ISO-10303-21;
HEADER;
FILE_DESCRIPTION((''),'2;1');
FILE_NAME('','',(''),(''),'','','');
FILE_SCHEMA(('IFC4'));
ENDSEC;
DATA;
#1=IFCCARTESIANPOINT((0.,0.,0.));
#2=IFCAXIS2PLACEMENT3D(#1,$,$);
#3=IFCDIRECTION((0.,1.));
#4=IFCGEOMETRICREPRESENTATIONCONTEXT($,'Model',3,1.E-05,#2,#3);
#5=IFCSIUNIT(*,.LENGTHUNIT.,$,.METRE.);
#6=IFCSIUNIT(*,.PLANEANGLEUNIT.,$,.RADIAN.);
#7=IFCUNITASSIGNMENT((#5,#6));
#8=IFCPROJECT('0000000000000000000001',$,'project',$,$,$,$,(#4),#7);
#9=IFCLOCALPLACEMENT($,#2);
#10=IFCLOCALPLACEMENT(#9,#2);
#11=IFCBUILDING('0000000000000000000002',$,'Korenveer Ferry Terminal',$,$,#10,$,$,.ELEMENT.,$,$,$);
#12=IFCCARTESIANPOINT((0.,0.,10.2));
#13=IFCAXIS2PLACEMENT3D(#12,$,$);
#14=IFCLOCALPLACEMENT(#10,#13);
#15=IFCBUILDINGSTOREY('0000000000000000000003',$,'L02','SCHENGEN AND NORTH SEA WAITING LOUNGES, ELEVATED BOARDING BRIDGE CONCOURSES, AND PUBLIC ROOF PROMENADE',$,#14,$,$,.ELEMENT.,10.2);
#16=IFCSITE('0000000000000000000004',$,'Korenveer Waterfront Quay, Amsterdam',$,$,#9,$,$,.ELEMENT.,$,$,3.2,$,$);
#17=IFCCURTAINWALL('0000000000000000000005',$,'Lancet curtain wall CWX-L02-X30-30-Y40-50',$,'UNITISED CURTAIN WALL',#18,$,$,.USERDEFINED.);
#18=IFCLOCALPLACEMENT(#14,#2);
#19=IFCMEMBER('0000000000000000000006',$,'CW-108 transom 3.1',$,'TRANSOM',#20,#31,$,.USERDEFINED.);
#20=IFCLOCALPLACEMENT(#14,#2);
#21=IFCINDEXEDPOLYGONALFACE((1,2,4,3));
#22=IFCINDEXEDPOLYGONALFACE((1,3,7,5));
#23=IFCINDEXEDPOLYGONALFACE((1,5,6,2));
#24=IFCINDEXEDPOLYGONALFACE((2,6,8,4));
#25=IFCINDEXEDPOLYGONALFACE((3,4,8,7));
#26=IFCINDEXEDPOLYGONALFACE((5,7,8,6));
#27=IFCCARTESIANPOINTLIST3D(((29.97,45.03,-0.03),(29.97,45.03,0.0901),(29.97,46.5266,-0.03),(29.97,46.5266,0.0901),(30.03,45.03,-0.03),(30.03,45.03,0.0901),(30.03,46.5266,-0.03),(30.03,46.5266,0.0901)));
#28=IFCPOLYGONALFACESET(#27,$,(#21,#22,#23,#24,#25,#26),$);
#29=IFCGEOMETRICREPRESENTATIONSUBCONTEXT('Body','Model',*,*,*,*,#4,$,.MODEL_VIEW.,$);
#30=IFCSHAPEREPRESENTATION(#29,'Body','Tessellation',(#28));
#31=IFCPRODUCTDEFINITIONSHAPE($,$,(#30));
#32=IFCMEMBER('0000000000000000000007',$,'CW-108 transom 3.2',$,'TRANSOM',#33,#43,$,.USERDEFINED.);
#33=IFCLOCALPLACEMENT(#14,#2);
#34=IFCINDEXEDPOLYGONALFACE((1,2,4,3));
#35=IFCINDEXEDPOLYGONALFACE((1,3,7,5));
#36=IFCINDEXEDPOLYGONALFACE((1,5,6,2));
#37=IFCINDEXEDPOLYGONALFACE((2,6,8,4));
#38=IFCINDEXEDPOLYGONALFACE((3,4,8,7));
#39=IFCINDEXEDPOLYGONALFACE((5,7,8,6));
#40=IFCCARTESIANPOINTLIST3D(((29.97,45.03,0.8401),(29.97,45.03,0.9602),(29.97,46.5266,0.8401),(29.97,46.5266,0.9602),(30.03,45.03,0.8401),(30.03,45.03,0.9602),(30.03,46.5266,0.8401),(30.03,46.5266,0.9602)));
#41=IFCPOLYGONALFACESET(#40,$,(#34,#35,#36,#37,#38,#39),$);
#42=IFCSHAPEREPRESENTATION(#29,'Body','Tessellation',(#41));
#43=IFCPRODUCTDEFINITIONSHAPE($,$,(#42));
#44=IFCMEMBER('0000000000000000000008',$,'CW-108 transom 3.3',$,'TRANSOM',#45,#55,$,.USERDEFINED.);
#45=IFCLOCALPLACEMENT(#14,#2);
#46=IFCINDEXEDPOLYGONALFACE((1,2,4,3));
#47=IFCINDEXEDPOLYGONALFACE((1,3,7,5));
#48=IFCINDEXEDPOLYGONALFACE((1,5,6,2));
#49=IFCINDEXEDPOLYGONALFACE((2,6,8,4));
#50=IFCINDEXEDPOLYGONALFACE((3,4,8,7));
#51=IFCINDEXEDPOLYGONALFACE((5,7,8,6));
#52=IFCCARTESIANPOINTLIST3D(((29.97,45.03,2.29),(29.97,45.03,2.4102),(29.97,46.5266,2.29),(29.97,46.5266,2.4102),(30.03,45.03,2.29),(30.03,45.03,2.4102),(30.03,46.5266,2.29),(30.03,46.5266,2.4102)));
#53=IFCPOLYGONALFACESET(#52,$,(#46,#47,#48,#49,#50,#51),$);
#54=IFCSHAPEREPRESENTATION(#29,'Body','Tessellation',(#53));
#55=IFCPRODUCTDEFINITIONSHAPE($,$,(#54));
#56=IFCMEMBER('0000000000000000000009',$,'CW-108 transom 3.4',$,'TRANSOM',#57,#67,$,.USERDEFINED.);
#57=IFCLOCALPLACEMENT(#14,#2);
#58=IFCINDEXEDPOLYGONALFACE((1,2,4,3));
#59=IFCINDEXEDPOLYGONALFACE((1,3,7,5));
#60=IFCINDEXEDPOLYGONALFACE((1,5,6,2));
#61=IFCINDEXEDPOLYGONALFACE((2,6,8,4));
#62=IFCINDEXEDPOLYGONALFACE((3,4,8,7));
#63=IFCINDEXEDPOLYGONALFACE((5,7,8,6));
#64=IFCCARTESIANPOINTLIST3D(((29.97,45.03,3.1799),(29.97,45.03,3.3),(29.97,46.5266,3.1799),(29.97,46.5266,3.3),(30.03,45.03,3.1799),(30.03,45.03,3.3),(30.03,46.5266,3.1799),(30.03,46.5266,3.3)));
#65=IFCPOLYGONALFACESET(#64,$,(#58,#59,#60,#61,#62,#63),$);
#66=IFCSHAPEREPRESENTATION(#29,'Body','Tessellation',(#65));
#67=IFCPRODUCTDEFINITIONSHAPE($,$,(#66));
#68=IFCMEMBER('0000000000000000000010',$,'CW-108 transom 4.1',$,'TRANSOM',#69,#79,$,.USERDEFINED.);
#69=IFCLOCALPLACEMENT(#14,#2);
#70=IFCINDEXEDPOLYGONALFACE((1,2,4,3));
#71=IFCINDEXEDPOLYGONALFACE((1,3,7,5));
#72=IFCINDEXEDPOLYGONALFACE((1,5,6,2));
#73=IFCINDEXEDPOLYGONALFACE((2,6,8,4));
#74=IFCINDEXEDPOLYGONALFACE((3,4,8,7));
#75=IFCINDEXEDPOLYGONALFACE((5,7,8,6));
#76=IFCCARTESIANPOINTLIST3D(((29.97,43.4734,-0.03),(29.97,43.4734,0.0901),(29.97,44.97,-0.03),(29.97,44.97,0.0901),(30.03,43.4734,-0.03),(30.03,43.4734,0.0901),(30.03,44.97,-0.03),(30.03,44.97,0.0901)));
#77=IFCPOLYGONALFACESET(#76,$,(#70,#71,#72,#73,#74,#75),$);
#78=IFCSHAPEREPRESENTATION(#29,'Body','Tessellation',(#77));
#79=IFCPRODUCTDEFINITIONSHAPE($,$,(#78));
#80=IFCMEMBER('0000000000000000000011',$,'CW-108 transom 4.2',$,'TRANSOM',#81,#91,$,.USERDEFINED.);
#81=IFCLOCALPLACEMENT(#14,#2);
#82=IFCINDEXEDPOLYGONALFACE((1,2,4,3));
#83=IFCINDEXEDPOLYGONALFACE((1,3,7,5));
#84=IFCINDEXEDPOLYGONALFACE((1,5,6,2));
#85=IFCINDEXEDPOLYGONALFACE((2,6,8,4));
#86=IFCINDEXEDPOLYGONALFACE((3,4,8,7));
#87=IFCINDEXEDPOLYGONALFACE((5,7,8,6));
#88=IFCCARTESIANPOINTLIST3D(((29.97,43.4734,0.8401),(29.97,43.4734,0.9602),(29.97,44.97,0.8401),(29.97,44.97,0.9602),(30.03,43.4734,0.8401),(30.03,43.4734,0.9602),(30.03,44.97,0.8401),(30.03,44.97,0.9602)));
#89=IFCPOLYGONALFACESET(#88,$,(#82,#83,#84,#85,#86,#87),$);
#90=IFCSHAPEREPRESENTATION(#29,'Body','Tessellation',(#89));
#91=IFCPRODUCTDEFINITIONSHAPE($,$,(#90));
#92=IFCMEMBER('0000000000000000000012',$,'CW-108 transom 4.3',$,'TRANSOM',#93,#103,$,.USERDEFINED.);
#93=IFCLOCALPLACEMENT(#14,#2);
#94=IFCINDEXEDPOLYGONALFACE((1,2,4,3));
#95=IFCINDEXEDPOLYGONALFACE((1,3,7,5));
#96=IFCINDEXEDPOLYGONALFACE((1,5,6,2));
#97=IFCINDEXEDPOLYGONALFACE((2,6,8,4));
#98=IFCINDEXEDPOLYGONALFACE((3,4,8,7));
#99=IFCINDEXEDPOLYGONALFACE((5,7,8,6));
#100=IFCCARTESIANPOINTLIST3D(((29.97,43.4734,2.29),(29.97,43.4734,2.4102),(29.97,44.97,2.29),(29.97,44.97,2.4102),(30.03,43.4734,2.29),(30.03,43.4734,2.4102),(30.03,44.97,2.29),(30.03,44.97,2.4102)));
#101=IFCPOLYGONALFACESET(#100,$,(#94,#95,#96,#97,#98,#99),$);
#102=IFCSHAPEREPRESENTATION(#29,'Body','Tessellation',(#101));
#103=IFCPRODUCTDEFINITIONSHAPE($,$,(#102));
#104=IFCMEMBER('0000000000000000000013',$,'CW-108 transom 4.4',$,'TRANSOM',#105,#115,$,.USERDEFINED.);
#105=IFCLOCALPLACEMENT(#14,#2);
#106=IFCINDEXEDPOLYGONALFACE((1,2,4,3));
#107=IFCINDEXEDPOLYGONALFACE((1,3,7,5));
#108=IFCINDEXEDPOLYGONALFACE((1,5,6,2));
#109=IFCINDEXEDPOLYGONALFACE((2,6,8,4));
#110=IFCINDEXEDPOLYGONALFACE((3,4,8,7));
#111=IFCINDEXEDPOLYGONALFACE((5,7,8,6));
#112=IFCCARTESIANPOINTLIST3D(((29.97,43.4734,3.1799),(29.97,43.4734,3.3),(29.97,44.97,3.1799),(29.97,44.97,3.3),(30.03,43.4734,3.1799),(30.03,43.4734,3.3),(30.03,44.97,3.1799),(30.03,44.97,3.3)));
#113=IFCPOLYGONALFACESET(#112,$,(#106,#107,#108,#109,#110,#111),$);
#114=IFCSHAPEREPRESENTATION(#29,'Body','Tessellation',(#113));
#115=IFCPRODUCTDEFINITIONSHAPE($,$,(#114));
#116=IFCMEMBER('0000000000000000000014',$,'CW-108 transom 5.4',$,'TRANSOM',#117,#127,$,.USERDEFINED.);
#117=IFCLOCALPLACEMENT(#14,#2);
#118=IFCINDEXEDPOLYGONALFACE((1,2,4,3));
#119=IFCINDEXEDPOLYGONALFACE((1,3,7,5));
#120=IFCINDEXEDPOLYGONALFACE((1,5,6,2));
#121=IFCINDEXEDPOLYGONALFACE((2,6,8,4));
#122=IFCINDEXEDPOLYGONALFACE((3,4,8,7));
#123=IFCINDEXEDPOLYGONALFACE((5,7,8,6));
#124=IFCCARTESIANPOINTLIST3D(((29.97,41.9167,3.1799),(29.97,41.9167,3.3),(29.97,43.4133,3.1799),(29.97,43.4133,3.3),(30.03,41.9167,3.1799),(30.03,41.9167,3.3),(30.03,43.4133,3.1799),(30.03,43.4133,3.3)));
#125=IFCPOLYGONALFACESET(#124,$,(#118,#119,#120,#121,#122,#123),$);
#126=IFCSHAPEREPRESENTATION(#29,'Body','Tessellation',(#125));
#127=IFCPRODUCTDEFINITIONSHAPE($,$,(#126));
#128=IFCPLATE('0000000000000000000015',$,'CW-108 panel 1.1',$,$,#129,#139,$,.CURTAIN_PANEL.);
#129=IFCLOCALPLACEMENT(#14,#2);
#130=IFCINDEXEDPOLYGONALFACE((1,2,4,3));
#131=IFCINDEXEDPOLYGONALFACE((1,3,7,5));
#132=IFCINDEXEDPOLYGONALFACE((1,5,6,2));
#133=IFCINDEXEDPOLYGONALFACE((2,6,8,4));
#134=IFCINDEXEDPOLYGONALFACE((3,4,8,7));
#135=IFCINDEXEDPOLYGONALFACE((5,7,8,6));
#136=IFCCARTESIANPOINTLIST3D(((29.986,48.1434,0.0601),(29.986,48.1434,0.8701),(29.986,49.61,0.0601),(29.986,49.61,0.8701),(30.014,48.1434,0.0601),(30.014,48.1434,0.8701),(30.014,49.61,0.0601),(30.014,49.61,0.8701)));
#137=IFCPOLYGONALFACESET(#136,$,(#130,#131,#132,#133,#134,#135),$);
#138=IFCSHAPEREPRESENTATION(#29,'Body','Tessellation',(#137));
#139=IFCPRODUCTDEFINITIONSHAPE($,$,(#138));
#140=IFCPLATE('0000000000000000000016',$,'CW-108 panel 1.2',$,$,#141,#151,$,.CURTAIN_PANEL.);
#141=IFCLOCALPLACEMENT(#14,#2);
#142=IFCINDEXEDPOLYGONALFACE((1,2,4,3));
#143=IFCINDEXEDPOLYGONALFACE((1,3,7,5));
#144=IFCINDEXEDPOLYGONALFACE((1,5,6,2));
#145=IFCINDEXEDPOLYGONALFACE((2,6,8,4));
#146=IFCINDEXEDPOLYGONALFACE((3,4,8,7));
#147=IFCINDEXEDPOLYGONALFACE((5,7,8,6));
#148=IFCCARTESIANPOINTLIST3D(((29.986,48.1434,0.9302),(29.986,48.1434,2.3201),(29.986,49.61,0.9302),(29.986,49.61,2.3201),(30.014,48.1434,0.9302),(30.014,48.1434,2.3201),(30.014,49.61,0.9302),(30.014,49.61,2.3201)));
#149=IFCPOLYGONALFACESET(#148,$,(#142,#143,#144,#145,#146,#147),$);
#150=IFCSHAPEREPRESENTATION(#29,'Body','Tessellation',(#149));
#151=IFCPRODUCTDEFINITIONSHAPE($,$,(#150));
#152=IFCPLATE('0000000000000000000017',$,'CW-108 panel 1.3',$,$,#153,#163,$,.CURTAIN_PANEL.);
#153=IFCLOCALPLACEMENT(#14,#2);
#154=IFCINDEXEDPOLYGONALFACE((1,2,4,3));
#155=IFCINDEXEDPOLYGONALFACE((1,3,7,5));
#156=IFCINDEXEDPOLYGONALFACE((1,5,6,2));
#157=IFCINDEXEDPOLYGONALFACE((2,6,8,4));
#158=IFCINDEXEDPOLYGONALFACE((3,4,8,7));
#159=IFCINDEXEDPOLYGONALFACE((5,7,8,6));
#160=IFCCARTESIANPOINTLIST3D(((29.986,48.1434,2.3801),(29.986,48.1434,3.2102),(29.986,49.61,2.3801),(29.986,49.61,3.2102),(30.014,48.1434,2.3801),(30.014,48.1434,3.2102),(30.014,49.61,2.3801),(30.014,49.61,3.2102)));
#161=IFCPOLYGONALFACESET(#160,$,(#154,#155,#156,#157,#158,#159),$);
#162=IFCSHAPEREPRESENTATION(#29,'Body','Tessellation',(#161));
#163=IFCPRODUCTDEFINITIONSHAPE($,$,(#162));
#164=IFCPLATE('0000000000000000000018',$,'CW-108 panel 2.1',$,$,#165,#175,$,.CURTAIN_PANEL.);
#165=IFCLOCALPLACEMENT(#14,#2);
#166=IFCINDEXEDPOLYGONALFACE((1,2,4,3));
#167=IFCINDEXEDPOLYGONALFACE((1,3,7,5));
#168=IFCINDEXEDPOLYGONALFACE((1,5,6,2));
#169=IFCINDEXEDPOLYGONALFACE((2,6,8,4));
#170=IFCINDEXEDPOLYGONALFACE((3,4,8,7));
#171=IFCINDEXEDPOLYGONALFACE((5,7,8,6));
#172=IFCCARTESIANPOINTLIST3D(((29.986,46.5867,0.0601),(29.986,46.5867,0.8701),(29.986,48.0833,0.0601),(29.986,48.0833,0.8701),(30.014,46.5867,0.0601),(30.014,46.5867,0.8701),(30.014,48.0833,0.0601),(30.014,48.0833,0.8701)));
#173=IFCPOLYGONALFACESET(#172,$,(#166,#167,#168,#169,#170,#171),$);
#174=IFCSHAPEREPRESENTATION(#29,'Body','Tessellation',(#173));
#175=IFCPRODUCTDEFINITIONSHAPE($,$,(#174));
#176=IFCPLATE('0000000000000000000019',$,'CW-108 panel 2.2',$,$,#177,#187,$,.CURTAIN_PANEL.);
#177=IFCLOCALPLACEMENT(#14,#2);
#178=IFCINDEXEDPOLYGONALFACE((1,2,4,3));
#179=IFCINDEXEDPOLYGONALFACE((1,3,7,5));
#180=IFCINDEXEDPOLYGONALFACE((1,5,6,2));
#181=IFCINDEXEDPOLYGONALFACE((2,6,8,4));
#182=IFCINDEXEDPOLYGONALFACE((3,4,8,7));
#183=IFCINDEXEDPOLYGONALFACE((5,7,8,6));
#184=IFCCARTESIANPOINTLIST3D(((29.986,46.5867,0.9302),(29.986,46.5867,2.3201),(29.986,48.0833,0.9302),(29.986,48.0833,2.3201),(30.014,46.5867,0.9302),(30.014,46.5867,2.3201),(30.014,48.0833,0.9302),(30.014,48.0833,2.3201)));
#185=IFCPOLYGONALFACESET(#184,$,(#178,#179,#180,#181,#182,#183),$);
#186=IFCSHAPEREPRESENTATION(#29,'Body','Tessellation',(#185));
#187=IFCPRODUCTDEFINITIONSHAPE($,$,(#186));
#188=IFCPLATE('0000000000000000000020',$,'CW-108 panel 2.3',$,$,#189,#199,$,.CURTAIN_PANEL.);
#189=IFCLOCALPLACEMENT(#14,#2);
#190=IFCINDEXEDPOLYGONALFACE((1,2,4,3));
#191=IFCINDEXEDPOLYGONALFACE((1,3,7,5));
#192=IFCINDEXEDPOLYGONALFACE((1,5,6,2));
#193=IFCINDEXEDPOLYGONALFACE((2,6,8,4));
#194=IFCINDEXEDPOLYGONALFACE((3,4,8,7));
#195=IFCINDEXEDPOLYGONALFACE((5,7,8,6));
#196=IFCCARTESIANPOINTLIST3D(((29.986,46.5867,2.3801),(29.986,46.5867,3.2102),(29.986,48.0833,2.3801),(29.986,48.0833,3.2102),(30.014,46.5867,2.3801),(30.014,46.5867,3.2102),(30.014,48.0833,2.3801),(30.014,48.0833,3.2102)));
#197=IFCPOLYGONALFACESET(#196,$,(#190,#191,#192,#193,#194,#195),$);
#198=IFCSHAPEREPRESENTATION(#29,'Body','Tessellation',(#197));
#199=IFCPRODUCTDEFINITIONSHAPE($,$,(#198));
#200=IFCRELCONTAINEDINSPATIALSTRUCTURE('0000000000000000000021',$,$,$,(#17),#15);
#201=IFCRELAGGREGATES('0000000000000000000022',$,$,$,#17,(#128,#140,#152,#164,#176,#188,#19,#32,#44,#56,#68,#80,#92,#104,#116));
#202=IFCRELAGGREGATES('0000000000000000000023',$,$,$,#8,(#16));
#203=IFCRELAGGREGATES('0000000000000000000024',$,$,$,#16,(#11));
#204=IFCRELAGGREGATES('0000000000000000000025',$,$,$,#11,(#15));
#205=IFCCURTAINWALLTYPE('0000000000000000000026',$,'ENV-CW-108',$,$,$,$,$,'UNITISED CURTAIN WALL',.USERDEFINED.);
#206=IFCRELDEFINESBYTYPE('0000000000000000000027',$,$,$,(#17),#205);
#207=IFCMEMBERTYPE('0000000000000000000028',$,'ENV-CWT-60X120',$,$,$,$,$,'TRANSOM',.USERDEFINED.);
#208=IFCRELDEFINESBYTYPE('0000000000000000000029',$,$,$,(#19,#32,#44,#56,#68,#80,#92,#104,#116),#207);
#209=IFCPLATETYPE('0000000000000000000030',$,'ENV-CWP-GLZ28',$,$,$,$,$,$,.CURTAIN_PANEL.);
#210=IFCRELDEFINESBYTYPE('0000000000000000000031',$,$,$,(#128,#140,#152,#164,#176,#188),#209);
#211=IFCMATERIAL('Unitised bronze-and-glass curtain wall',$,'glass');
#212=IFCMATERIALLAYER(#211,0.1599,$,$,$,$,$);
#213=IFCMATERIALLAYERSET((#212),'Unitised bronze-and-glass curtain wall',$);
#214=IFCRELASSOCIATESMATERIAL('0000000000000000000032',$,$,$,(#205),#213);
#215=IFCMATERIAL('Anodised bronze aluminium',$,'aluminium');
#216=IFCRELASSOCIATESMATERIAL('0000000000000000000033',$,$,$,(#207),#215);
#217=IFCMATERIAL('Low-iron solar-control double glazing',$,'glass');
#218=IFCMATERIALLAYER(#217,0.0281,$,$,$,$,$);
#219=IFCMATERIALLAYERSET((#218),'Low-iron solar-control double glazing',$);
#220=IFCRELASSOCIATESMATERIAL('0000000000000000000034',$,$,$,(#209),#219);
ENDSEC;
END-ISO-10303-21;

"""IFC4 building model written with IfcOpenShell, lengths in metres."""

from ifc_helpers import new_model, si_unit, direction, frame, origin, origin_2d, place, context, subcontext, project, spatial, rectangle, extrude, material, layer, layer_set, material_profile, profile_set, type_object, element, aggregate, save


model = new_model("IFC4")

# Units and contexts
model_context = context("Model", 3, precision=1e-05, world=origin(), true_north=direction((0.0, 1.0)))
body_context = subcontext(model_context, "Body", "Model", "MODEL_VIEW")
ifc_project = project(units=[si_unit("LENGTHUNIT", "METRE"), si_unit("PLANEANGLEUNIT", "RADIAN")], contexts=[model_context])

# Site, building, storey
site_placement = place(None, origin())
site = spatial("IfcSite", under=ifc_project, at=site_placement, Name="Korenveer Waterfront Quay, Amsterdam", CompositionType="ELEMENT", RefElevation=3.2)
building_placement = place(site_placement, origin())
building = spatial("IfcBuilding", under=site, at=building_placement, Name="Korenveer Ferry Terminal", CompositionType="ELEMENT")
storey_placement = place(building_placement, frame((0.0, 0.0, 10.2)))
storey = spatial("IfcBuildingStorey", under=building, at=storey_placement, Name="L02", Description="SCHENGEN AND NORTH SEA WAITING LOUNGES, ELEVATED BOARDING BRIDGE CONCOURSES, AND PUBLIC ROOF PROMENADE", CompositionType="ELEMENT", Elevation=10.2)

# Curtain wall, members, plates
ifc_material_1 = material(Name="Unitised bronze-and-glass curtain wall", Category="glass")
ifc_layer_1 = layer(ifc_material_1, 0.1599)
ifc_layer_set_1 = layer_set([ifc_layer_1], Name="Unitised bronze-and-glass curtain wall")
curtain_wall_type = type_object("IfcCurtainWallType", Name="ENV-CW-108", ElementType="UNITISED CURTAIN WALL", PredefinedType="USERDEFINED", material=ifc_layer_set_1)
curtain_wall_placement = place(storey_placement, frame((30.0, 49.6699, 0.0)))
curtain_wall = element("IfcCurtainWall", 1, at=curtain_wall_placement, inside=storey, type_object=curtain_wall_type, Name="Lancet curtain wall CWX-L02-X30-30-Y40-50", ObjectType="UNITISED CURTAIN WALL", PredefinedType="USERDEFINED")
ifc_material_2 = material(Name="Anodised bronze aluminium", Category="aluminium")
ifc_material_profile_1 = material_profile(ifc_material_2, rectangle(XDim=0.0601, YDim=0.1201, at=origin_2d()), Name="ALU 60x120")
ifc_profile_set_1 = profile_set([ifc_material_profile_1], Name="Anodised bronze aluminium")
member_type_1 = type_object("IfcMemberType", Name="ENV-CWT-60X120", ElementType="TRANSOM", PredefinedType="USERDEFINED", material=ifc_profile_set_1)
member_1_placement = place(storey_placement, frame((30.0, 46.5266, 0.03), z_axis=(0.0, -1.0, 0.0), x_axis=(1.0, 0.0, 0.0)))
member_1 = element("IfcMember", 2, at=member_1_placement, type_object=member_type_1, Name="CW-108 transom 3.1", ObjectType="TRANSOM", PredefinedType="USERDEFINED", context=body_context, shape_type="SweptSolid", body=[
    extrude(rectangle(XDim=0.0601, YDim=0.1201, at=origin_2d()), origin(), (0.0, 0.0, 1.0), 1.4966),
])
member_2_placement = place(storey_placement, frame((30.0, 46.5266, 0.9001), z_axis=(0.0, -1.0, 0.0), x_axis=(1.0, 0.0, 0.0)))
member_2 = element("IfcMember", 3, at=member_2_placement, type_object=member_type_1, Name="CW-108 transom 3.2", ObjectType="TRANSOM", PredefinedType="USERDEFINED", context=body_context, shape_type="SweptSolid", body=[
    extrude(rectangle(XDim=0.0601, YDim=0.1201, at=origin_2d()), origin(), (0.0, 0.0, 1.0), 1.4966),
])
member_3_placement = place(storey_placement, frame((30.0, 46.5266, 2.3501), z_axis=(0.0, -1.0, 0.0), x_axis=(1.0, 0.0, 0.0)))
member_3 = element("IfcMember", 4, at=member_3_placement, type_object=member_type_1, Name="CW-108 transom 3.3", ObjectType="TRANSOM", PredefinedType="USERDEFINED", context=body_context, shape_type="SweptSolid", body=[
    extrude(rectangle(XDim=0.0601, YDim=0.1201, at=origin_2d()), origin(), (0.0, 0.0, 1.0), 1.4966),
])
member_4_placement = place(storey_placement, frame((30.0, 46.5266, 3.24), z_axis=(0.0, -1.0, 0.0), x_axis=(1.0, 0.0, 0.0)))
member_4 = element("IfcMember", 5, at=member_4_placement, type_object=member_type_1, Name="CW-108 transom 3.4", ObjectType="TRANSOM", PredefinedType="USERDEFINED", context=body_context, shape_type="SweptSolid", body=[
    extrude(rectangle(XDim=0.0601, YDim=0.1201, at=origin_2d()), origin(), (0.0, 0.0, 1.0), 1.4966),
])
member_5_placement = place(storey_placement, frame((30.0, 44.97, 0.03), z_axis=(0.0, -1.0, 0.0), x_axis=(1.0, 0.0, 0.0)))
member_5 = element("IfcMember", 6, at=member_5_placement, type_object=member_type_1, Name="CW-108 transom 4.1", ObjectType="TRANSOM", PredefinedType="USERDEFINED", context=body_context, shape_type="SweptSolid", body=[
    extrude(rectangle(XDim=0.0601, YDim=0.1201, at=origin_2d()), origin(), (0.0, 0.0, 1.0), 1.4966),
])
member_6_placement = place(storey_placement, frame((30.0, 44.97, 0.9001), z_axis=(0.0, -1.0, 0.0), x_axis=(1.0, 0.0, 0.0)))
member_6 = element("IfcMember", 7, at=member_6_placement, type_object=member_type_1, Name="CW-108 transom 4.2", ObjectType="TRANSOM", PredefinedType="USERDEFINED", context=body_context, shape_type="SweptSolid", body=[
    extrude(rectangle(XDim=0.0601, YDim=0.1201, at=origin_2d()), origin(), (0.0, 0.0, 1.0), 1.4966),
])
member_7_placement = place(storey_placement, frame((30.0, 44.97, 2.3501), z_axis=(0.0, -1.0, 0.0), x_axis=(1.0, 0.0, 0.0)))
member_7 = element("IfcMember", 8, at=member_7_placement, type_object=member_type_1, Name="CW-108 transom 4.3", ObjectType="TRANSOM", PredefinedType="USERDEFINED", context=body_context, shape_type="SweptSolid", body=[
    extrude(rectangle(XDim=0.0601, YDim=0.1201, at=origin_2d()), origin(), (0.0, 0.0, 1.0), 1.4966),
])
member_8_placement = place(storey_placement, frame((30.0, 44.97, 3.24), z_axis=(0.0, -1.0, 0.0), x_axis=(1.0, 0.0, 0.0)))
member_8 = element("IfcMember", 9, at=member_8_placement, type_object=member_type_1, Name="CW-108 transom 4.4", ObjectType="TRANSOM", PredefinedType="USERDEFINED", context=body_context, shape_type="SweptSolid", body=[
    extrude(rectangle(XDim=0.0601, YDim=0.1201, at=origin_2d()), origin(), (0.0, 0.0, 1.0), 1.4966),
])
member_9_placement = place(storey_placement, frame((30.0, 43.4133, 3.24), z_axis=(0.0, -1.0, 0.0), x_axis=(1.0, 0.0, 0.0)))
member_9 = element("IfcMember", 10, at=member_9_placement, type_object=member_type_1, Name="CW-108 transom 5.4", ObjectType="TRANSOM", PredefinedType="USERDEFINED", context=body_context, shape_type="SweptSolid", body=[
    extrude(rectangle(XDim=0.0601, YDim=0.1201, at=origin_2d()), origin(), (0.0, 0.0, 1.0), 1.4966),
])
ifc_material_3 = material(Name="Low-iron solar-control double glazing", Category="glass")
ifc_layer_2 = layer(ifc_material_3, 0.0281)
ifc_layer_set_2 = layer_set([ifc_layer_2], Name="Low-iron solar-control double glazing")
plate_type = type_object("IfcPlateType", Name="ENV-CWP-GLZ28", PredefinedType="CURTAIN_PANEL", material=ifc_layer_set_2)
plate_1_placement = place(storey_placement, frame((30.0, 48.8767, 0.0601), z_axis=(0.0, 0.0, 1.0), x_axis=(0.0, -1.0, 0.0)))
plate_1 = element("IfcPlate", 11, at=plate_1_placement, type_object=plate_type, Name="CW-108 panel 1.1", PredefinedType="CURTAIN_PANEL", context=body_context, shape_type="SweptSolid", body=[
    extrude(rectangle(XDim=1.4666, YDim=0.0281, at=origin_2d()), origin(), (0.0, 0.0, 1.0), 0.8101),
])
plate_2_placement = place(storey_placement, frame((30.0, 48.8767, 0.9302), z_axis=(0.0, 0.0, 1.0), x_axis=(0.0, -1.0, 0.0)))
plate_2 = element("IfcPlate", 12, at=plate_2_placement, type_object=plate_type, Name="CW-108 panel 1.2", PredefinedType="CURTAIN_PANEL", context=body_context, shape_type="SweptSolid", body=[
    extrude(rectangle(XDim=1.4666, YDim=0.0281, at=origin_2d()), origin(), (0.0, 0.0, 1.0), 1.3899),
])
plate_3_placement = place(storey_placement, frame((30.0, 48.8767, 2.3801), z_axis=(0.0, 0.0, 1.0), x_axis=(0.0, -1.0, 0.0)))
plate_3 = element("IfcPlate", 13, at=plate_3_placement, type_object=plate_type, Name="CW-108 panel 1.3", PredefinedType="CURTAIN_PANEL", context=body_context, shape_type="SweptSolid", body=[
    extrude(rectangle(XDim=1.4666, YDim=0.0281, at=origin_2d()), origin(), (0.0, 0.0, 1.0), 0.8301),
])
plate_4_placement = place(storey_placement, frame((30.0, 47.335, 0.0601), z_axis=(0.0, 0.0, 1.0), x_axis=(0.0, -1.0, 0.0)))
plate_4 = element("IfcPlate", 14, at=plate_4_placement, type_object=plate_type, Name="CW-108 panel 2.1", PredefinedType="CURTAIN_PANEL", context=body_context, shape_type="SweptSolid", body=[
    extrude(rectangle(XDim=1.4966, YDim=0.0281, at=origin_2d()), origin(), (0.0, 0.0, 1.0), 0.8101),
])
plate_5_placement = place(storey_placement, frame((30.0, 47.335, 0.9302), z_axis=(0.0, 0.0, 1.0), x_axis=(0.0, -1.0, 0.0)))
plate_5 = element("IfcPlate", 15, at=plate_5_placement, type_object=plate_type, Name="CW-108 panel 2.2", PredefinedType="CURTAIN_PANEL", context=body_context, shape_type="SweptSolid", body=[
    extrude(rectangle(XDim=1.4966, YDim=0.0281, at=origin_2d()), origin(), (0.0, 0.0, 1.0), 1.3899),
])
plate_6_placement = place(storey_placement, frame((30.0, 47.335, 2.3801), z_axis=(0.0, 0.0, 1.0), x_axis=(0.0, -1.0, 0.0)))
plate_6 = element("IfcPlate", 16, at=plate_6_placement, type_object=plate_type, Name="CW-108 panel 2.3", PredefinedType="CURTAIN_PANEL", context=body_context, shape_type="SweptSolid", body=[
    extrude(rectangle(XDim=1.4966, YDim=0.0281, at=origin_2d()), origin(), (0.0, 0.0, 1.0), 0.8301),
])
aggregate(curtain_wall, [plate_1, plate_2, plate_3, plate_4, plate_5, plate_6, member_1, member_2, member_3, member_4, member_5, member_6, member_7, member_8, member_9])

save(model, "model.ifc")
